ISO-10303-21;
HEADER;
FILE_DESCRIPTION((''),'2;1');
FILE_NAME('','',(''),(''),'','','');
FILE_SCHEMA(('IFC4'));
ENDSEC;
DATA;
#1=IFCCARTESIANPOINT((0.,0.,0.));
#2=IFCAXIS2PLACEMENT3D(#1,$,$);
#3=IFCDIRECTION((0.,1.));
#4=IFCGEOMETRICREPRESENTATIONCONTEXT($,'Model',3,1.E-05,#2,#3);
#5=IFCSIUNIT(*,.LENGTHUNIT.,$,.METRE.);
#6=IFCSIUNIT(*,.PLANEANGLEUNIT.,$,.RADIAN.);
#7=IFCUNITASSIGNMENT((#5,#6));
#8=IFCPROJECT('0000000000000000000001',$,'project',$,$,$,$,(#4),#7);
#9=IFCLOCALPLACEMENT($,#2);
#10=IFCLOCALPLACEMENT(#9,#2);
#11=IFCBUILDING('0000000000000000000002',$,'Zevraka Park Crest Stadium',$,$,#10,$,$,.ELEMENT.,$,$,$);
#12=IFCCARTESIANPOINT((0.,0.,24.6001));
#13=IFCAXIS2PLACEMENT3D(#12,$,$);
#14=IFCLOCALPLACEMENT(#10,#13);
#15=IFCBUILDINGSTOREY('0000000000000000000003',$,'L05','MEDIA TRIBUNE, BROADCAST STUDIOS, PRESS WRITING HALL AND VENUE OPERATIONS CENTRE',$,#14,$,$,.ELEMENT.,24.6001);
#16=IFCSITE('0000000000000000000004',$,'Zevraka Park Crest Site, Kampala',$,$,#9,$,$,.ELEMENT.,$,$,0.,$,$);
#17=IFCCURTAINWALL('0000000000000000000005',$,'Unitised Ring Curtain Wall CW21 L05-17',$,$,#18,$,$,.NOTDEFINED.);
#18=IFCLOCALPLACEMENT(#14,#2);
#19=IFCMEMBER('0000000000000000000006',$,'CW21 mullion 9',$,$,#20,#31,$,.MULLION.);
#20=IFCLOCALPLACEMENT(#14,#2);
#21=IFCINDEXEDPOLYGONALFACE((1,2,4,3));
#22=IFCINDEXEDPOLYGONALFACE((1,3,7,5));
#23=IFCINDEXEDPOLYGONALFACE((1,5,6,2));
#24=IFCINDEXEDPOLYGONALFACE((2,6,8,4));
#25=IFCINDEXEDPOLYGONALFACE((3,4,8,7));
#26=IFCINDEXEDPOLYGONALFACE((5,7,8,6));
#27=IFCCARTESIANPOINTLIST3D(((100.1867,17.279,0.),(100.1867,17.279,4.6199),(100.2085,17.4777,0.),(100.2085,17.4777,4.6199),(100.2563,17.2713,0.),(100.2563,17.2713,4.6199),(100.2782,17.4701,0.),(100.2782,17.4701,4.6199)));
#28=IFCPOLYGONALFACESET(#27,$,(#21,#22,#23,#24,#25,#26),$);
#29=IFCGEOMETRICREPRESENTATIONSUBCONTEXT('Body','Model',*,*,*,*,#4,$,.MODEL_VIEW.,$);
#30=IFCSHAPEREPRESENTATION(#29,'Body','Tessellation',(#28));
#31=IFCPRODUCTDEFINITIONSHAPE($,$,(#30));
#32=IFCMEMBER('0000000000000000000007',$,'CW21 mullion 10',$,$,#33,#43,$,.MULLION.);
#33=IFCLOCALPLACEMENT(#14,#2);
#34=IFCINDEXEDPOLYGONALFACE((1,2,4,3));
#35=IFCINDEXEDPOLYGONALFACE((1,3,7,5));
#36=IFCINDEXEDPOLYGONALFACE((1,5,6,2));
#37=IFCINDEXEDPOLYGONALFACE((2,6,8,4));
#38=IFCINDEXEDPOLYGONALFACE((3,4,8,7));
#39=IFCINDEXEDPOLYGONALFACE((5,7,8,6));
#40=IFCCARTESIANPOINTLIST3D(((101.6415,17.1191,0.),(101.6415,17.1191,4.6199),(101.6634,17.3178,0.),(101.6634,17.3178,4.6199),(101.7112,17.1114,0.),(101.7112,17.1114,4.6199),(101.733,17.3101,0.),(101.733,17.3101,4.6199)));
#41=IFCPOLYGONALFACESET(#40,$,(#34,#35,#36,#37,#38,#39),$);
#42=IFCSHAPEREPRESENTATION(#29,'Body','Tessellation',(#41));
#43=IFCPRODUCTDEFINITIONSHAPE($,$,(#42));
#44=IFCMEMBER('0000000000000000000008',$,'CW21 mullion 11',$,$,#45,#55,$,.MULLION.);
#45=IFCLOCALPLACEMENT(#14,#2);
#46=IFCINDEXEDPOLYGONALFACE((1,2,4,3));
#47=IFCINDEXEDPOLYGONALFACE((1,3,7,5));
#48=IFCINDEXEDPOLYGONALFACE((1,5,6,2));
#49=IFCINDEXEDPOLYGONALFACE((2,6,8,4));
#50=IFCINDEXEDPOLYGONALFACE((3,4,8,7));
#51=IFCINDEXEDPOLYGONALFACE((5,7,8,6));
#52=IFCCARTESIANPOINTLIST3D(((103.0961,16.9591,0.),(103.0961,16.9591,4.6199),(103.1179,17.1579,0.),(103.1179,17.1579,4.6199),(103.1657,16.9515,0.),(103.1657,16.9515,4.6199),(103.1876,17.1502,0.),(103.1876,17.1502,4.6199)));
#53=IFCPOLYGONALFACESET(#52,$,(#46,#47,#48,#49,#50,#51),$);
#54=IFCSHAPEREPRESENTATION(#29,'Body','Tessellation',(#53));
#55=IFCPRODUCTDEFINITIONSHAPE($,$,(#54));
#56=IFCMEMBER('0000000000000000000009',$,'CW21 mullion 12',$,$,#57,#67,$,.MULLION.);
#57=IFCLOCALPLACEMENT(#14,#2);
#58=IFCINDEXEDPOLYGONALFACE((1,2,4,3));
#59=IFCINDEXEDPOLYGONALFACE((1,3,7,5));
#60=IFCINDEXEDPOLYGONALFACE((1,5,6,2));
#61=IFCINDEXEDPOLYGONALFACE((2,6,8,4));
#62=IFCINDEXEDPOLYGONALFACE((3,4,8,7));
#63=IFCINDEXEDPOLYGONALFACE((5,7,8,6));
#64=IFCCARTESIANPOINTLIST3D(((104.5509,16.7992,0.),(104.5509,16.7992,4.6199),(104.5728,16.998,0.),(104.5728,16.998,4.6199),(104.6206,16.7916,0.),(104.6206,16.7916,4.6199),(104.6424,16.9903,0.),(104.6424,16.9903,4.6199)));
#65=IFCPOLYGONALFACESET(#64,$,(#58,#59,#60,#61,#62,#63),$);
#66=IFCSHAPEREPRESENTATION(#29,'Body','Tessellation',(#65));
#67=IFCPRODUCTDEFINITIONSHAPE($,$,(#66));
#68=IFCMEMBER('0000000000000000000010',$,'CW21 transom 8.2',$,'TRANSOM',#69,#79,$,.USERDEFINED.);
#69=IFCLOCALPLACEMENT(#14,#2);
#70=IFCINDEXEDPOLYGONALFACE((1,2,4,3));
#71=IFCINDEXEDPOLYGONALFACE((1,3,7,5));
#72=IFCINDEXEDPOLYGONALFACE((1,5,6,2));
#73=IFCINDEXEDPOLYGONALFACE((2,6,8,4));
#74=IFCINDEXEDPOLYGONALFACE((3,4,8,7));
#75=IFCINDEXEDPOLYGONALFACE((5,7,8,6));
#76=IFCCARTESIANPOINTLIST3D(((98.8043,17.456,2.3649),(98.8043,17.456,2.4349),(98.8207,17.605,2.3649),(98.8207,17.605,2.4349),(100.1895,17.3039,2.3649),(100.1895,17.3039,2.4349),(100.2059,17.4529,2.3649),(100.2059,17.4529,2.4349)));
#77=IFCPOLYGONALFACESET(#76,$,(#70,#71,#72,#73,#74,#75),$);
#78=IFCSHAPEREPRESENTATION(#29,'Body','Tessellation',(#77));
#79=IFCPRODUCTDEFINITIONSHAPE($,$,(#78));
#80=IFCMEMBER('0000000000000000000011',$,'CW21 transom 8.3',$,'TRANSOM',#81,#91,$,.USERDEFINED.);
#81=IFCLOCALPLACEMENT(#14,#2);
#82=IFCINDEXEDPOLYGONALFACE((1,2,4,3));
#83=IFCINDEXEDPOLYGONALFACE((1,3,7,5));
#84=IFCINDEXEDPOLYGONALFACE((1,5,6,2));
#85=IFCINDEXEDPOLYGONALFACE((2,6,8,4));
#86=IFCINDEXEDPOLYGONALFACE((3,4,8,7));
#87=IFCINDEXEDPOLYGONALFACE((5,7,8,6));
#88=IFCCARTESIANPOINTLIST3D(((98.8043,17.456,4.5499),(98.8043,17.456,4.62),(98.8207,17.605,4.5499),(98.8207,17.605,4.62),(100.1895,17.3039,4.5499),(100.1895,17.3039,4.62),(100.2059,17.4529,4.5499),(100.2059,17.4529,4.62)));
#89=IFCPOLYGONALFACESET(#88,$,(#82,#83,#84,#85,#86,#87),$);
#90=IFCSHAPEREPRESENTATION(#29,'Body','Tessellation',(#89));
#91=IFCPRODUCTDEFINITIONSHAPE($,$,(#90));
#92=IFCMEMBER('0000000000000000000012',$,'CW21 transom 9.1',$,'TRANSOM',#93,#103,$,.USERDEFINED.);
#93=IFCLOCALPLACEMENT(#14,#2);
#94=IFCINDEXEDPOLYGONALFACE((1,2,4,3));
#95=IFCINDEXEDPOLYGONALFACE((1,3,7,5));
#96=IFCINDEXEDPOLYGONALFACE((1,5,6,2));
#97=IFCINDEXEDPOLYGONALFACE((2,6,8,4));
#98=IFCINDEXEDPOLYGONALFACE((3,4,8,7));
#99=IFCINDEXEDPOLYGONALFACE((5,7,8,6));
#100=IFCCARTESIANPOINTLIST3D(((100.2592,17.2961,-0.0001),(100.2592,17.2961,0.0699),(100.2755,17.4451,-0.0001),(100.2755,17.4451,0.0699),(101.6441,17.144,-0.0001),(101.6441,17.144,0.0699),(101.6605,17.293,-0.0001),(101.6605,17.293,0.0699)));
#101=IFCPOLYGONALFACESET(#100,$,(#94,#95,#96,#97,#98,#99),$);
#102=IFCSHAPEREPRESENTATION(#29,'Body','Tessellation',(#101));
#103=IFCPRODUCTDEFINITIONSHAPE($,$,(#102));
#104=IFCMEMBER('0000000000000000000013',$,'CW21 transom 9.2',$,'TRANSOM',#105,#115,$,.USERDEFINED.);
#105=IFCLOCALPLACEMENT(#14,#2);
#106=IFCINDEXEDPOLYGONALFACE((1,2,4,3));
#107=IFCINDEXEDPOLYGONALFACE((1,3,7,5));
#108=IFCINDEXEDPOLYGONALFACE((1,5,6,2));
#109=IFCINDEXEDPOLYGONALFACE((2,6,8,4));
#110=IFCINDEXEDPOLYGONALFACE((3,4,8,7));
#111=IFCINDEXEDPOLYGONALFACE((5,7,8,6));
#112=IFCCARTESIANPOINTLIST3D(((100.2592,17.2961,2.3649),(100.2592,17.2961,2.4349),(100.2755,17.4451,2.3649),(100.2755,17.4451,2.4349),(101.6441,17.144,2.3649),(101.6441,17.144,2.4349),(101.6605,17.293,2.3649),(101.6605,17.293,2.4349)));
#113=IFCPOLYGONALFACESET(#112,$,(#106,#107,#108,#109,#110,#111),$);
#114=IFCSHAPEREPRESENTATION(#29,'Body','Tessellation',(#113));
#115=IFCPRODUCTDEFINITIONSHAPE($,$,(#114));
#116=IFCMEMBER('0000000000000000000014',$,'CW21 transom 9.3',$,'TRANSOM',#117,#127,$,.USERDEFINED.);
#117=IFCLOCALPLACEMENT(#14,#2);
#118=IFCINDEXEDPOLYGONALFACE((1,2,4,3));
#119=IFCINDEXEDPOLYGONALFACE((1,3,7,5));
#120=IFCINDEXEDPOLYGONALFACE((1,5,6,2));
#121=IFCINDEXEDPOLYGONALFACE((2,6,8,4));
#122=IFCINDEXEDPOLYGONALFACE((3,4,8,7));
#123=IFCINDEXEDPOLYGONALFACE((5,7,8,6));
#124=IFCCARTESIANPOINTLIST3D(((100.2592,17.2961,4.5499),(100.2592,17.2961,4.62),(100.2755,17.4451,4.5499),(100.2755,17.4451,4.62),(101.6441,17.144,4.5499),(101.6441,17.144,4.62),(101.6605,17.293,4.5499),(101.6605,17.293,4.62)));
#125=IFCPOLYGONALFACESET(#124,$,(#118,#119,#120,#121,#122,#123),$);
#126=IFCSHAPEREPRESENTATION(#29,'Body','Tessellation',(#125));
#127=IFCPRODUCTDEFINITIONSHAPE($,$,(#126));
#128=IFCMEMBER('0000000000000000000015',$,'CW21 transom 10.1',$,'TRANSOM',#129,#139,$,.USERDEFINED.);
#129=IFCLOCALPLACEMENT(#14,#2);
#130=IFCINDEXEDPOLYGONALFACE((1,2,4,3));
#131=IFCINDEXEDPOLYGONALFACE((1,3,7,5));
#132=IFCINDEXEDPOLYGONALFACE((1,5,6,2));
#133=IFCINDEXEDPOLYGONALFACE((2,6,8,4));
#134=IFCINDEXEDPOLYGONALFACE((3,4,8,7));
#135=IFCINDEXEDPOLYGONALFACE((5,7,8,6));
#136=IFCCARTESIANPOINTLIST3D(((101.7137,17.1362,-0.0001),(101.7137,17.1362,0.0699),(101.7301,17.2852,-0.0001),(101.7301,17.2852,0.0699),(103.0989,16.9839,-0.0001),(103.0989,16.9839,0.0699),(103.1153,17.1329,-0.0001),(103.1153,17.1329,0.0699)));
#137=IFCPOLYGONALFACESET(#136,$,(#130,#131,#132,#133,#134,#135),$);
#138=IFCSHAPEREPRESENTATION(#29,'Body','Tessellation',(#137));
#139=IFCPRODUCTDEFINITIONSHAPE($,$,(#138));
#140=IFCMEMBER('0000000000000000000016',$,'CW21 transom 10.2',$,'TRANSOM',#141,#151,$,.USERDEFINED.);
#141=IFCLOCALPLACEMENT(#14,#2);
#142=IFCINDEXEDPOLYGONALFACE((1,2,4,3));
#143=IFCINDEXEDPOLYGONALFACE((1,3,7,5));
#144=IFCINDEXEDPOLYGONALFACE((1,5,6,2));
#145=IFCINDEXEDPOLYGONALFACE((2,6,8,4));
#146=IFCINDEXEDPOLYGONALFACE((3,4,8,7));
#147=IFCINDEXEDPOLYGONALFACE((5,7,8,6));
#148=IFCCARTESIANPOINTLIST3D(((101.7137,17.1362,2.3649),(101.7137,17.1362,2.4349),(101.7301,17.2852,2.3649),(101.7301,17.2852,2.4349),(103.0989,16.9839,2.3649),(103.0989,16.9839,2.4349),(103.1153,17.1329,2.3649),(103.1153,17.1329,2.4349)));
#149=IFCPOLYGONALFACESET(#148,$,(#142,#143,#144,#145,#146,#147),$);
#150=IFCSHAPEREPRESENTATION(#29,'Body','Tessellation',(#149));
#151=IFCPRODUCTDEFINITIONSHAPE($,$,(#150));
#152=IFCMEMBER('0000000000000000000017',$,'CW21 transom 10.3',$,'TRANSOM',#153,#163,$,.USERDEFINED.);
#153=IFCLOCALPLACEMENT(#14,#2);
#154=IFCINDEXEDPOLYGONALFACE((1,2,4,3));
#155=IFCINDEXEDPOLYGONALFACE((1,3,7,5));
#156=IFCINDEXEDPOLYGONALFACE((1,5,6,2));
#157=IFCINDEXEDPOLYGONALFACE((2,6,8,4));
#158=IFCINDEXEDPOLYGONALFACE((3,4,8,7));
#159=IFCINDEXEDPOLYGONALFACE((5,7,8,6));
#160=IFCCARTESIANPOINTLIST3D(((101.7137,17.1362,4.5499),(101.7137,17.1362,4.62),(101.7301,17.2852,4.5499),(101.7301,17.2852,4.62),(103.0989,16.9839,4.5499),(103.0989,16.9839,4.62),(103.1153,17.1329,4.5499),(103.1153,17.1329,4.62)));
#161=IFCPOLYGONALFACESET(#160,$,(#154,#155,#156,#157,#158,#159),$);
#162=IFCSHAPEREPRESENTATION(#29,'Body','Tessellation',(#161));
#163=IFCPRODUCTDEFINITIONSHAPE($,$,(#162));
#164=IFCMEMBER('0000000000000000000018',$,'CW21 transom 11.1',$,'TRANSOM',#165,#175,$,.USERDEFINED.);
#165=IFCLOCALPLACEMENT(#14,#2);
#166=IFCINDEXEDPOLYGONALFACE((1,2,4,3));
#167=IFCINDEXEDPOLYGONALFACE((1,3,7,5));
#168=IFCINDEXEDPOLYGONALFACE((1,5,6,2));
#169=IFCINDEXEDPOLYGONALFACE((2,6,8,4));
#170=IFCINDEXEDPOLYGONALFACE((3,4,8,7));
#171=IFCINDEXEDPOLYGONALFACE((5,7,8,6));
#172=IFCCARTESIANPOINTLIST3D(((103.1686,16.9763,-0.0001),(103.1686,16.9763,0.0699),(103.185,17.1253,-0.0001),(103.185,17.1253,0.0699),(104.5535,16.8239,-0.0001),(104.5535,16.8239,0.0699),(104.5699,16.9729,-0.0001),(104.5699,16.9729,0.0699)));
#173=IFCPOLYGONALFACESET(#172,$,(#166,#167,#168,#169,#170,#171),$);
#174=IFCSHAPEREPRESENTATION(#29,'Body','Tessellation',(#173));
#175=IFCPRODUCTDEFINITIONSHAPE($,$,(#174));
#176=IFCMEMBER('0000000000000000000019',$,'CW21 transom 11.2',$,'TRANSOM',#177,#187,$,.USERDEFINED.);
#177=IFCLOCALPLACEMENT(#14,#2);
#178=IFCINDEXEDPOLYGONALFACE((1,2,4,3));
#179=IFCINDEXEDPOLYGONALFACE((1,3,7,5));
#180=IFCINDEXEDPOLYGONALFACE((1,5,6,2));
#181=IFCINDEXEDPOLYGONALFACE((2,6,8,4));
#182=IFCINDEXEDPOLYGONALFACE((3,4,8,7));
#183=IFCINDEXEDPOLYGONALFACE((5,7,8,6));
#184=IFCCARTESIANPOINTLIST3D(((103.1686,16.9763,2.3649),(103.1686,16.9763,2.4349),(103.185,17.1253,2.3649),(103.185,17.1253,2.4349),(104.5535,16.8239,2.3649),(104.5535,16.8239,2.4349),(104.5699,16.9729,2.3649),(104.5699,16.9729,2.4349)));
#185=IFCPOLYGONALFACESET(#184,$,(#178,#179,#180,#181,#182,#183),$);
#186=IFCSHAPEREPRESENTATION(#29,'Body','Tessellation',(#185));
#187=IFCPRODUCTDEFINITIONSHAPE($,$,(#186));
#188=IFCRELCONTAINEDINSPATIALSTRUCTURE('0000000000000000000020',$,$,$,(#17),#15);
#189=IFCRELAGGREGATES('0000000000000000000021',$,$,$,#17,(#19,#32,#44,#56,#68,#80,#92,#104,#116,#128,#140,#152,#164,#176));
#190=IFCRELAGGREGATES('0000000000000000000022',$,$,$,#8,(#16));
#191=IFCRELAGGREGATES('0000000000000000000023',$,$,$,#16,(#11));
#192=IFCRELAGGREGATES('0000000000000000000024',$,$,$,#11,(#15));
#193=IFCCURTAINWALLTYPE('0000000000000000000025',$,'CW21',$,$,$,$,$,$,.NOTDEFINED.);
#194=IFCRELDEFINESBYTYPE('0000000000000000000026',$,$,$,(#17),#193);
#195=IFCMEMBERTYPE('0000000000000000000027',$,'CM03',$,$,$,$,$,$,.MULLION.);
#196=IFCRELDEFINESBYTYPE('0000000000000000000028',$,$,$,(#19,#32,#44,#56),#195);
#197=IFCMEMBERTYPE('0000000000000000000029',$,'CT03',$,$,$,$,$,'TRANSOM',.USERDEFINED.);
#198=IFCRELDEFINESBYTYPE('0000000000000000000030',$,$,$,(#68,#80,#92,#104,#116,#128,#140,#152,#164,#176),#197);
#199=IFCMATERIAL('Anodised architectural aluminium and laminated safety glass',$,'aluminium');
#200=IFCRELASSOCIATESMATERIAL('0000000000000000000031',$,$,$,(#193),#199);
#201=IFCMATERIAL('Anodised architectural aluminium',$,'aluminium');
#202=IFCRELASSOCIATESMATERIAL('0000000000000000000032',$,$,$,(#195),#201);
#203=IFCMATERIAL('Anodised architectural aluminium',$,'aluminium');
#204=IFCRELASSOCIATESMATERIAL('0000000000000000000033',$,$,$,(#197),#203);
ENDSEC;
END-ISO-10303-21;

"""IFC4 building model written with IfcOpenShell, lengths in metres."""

from ifc_helpers import new_model, si_unit, direction, frame, origin, origin_2d, place, context, subcontext, project, spatial, rectangle, extrude, material, material_profile, profile_set, type_object, element, aggregate, save


model = new_model("IFC4")

# Units and contexts
model_context = context("Model", 3, precision=1e-05, world=origin(), true_north=direction((0.0, 1.0)))
body_context = subcontext(model_context, "Body", "Model", "MODEL_VIEW")
ifc_project = project(units=[si_unit("LENGTHUNIT", "METRE"), si_unit("PLANEANGLEUNIT", "RADIAN")], contexts=[model_context])

# Site, building, storey
site_placement = place(None, origin())
site = spatial("IfcSite", under=ifc_project, at=site_placement, Name="Zevraka Park Crest Site, Kampala", CompositionType="ELEMENT", RefElevation=0.0)
building_placement = place(site_placement, origin())
building = spatial("IfcBuilding", under=site, at=building_placement, Name="Zevraka Park Crest Stadium", CompositionType="ELEMENT")
storey_placement = place(building_placement, frame((0.0, 0.0, 24.6001)))
storey = spatial("IfcBuildingStorey", under=building, at=storey_placement, Name="L05", Description="MEDIA TRIBUNE, BROADCAST STUDIOS, PRESS WRITING HALL AND VENUE OPERATIONS CENTRE", CompositionType="ELEMENT", Elevation=24.6001)

# Curtain wall, members
ifc_material_1 = material(Name="Anodised architectural aluminium and laminated safety glass", Category="aluminium")
curtain_wall_type = type_object("IfcCurtainWallType", Name="CW21", PredefinedType="NOTDEFINED", material=ifc_material_1)
curtain_wall_placement = place(storey_placement, origin())
curtain_wall = element("IfcCurtainWall", 1, at=curtain_wall_placement, inside=storey, type_object=curtain_wall_type, Name="Unitised Ring Curtain Wall CW21 L05-17", PredefinedType="NOTDEFINED")
ifc_material_2 = material(Name="Anodised architectural aluminium", Category="aluminium")
ifc_material_profile_1 = material_profile(ifc_material_2, rectangle(XDim=0.2, YDim=0.0701, at=origin_2d()), Name="ALU MULLION 200x70")
ifc_profile_set_1 = profile_set([ifc_material_profile_1], Name="Anodised architectural aluminium")
member_type_1 = type_object("IfcMemberType", Name="CM03", PredefinedType="MULLION", material=ifc_profile_set_1)
member_1_placement = place(storey_placement, frame((100.2324, 17.3745, 0.0), z_axis=(0.0, 0.0, 1.0), x_axis=(0.109288, 0.99401, 0.0)))
member_1 = element("IfcMember", 2, at=member_1_placement, type_object=member_type_1, Name="CW21 mullion 9", PredefinedType="MULLION", context=body_context, shape_type="SweptSolid", body=[
    extrude(rectangle(XDim=0.2, YDim=0.0701, at=origin_2d()), origin(), (0.0, 0.0, 1.0), 4.6199),
])
member_2_placement = place(storey_placement, frame((101.6873, 17.2146, 0.0), z_axis=(0.0, 0.0, 1.0), x_axis=(0.109288, 0.99401, 0.0)))
member_2 = element("IfcMember", 3, at=member_2_placement, type_object=member_type_1, Name="CW21 mullion 10", PredefinedType="MULLION", context=body_context, shape_type="SweptSolid", body=[
    extrude(rectangle(XDim=0.2, YDim=0.0701, at=origin_2d()), origin(), (0.0, 0.0, 1.0), 4.6199),
])
member_3_placement = place(storey_placement, frame((103.1418, 17.0547, 0.0), z_axis=(0.0, 0.0, 1.0), x_axis=(0.109288, 0.99401, 0.0)))
member_3 = element("IfcMember", 4, at=member_3_placement, type_object=member_type_1, Name="CW21 mullion 11", PredefinedType="MULLION", context=body_context, shape_type="SweptSolid", body=[
    extrude(rectangle(XDim=0.2, YDim=0.0701, at=origin_2d()), origin(), (0.0, 0.0, 1.0), 4.6199),
])
member_4_placement = place(storey_placement, frame((104.5967, 16.8948, 0.0), z_axis=(0.0, 0.0, 1.0), x_axis=(0.109288, 0.99401, 0.0)))
member_4 = element("IfcMember", 5, at=member_4_placement, type_object=member_type_1, Name="CW21 mullion 12", PredefinedType="MULLION", context=body_context, shape_type="SweptSolid", body=[
    extrude(rectangle(XDim=0.2, YDim=0.0701, at=origin_2d()), origin(), (0.0, 0.0, 1.0), 4.6199),
])
ifc_material_3 = material(Name="Anodised architectural aluminium", Category="aluminium")
ifc_material_profile_2 = material_profile(ifc_material_3, rectangle(XDim=0.1499, YDim=0.0701, at=origin_2d()), Name="ALU TRANSOM 150x70")
ifc_profile_set_2 = profile_set([ifc_material_profile_2], Name="Anodised architectural aluminium")
member_type_2 = type_object("IfcMemberType", Name="CT03", ElementType="TRANSOM", PredefinedType="USERDEFINED", material=ifc_profile_set_2)
member_5_placement = place(storey_placement, frame((98.8125, 17.5305, 2.3999), z_axis=(0.994026, -0.109143, 0.0), x_axis=(0.109143, 0.994026, 0.0)))
member_5 = element("IfcMember", 6, at=member_5_placement, type_object=member_type_2, Name="CW21 transom 8.2", ObjectType="TRANSOM", PredefinedType="USERDEFINED", context=body_context, shape_type="SweptSolid", body=[
    extrude(rectangle(XDim=0.1499, YDim=0.0701, at=origin_2d()), origin(), (0.0, 0.0, 1.0), 1.3936),
])
member_6_placement = place(storey_placement, frame((98.8125, 17.5305, 4.585), z_axis=(0.994026, -0.109143, 0.0), x_axis=(0.109143, 0.994026, 0.0)))
member_6 = element("IfcMember", 7, at=member_6_placement, type_object=member_type_2, Name="CW21 transom 8.3", ObjectType="TRANSOM", PredefinedType="USERDEFINED", context=body_context, shape_type="SweptSolid", body=[
    extrude(rectangle(XDim=0.1499, YDim=0.0701, at=origin_2d()), origin(), (0.0, 0.0, 1.0), 1.3936),
])
member_7_placement = place(storey_placement, frame((100.2673, 17.3706, 0.0349), z_axis=(0.994024, -0.109162, 0.0), x_axis=(0.109162, 0.994024, 0.0)))
member_7 = element("IfcMember", 8, at=member_7_placement, type_object=member_type_2, Name="CW21 transom 9.1", ObjectType="TRANSOM", PredefinedType="USERDEFINED", context=body_context, shape_type="SweptSolid", body=[
    extrude(rectangle(XDim=0.1499, YDim=0.0701, at=origin_2d()), origin(), (0.0, 0.0, 1.0), 1.3933),
])
member_8_placement = place(storey_placement, frame((100.2673, 17.3706, 2.3999), z_axis=(0.994024, -0.109162, 0.0), x_axis=(0.109162, 0.994024, 0.0)))
member_8 = element("IfcMember", 9, at=member_8_placement, type_object=member_type_2, Name="CW21 transom 9.2", ObjectType="TRANSOM", PredefinedType="USERDEFINED", context=body_context, shape_type="SweptSolid", body=[
    extrude(rectangle(XDim=0.1499, YDim=0.0701, at=origin_2d()), origin(), (0.0, 0.0, 1.0), 1.3933),
])
member_9_placement = place(storey_placement, frame((100.2673, 17.3706, 4.585), z_axis=(0.994024, -0.109162, 0.0), x_axis=(0.109162, 0.994024, 0.0)))
member_9 = element("IfcMember", 10, at=member_9_placement, type_object=member_type_2, Name="CW21 transom 9.3", ObjectType="TRANSOM", PredefinedType="USERDEFINED", context=body_context, shape_type="SweptSolid", body=[
    extrude(rectangle(XDim=0.1499, YDim=0.0701, at=origin_2d()), origin(), (0.0, 0.0, 1.0), 1.3933),
])
member_10_placement = place(storey_placement, frame((101.7219, 17.2107, 0.0349), z_axis=(0.994007, -0.109316, 0.0), x_axis=(0.109316, 0.994007, 0.0)))
member_10 = element("IfcMember", 11, at=member_10_placement, type_object=member_type_2, Name="CW21 transom 10.1", ObjectType="TRANSOM", PredefinedType="USERDEFINED", context=body_context, shape_type="SweptSolid", body=[
    extrude(rectangle(XDim=0.1499, YDim=0.0701, at=origin_2d()), origin(), (0.0, 0.0, 1.0), 1.3936),
])
member_11_placement = place(storey_placement, frame((101.7219, 17.2107, 2.3999), z_axis=(0.994007, -0.109316, 0.0), x_axis=(0.109316, 0.994007, 0.0)))
member_11 = element("IfcMember", 12, at=member_11_placement, type_object=member_type_2, Name="CW21 transom 10.2", ObjectType="TRANSOM", PredefinedType="USERDEFINED", context=body_context, shape_type="SweptSolid", body=[
    extrude(rectangle(XDim=0.1499, YDim=0.0701, at=origin_2d()), origin(), (0.0, 0.0, 1.0), 1.3936),
])
member_12_placement = place(storey_placement, frame((101.7219, 17.2107, 4.585), z_axis=(0.994007, -0.109316, 0.0), x_axis=(0.109316, 0.994007, 0.0)))
member_12 = element("IfcMember", 13, at=member_12_placement, type_object=member_type_2, Name="CW21 transom 10.3", ObjectType="TRANSOM", PredefinedType="USERDEFINED", context=body_context, shape_type="SweptSolid", body=[
    extrude(rectangle(XDim=0.1499, YDim=0.0701, at=origin_2d()), origin(), (0.0, 0.0, 1.0), 1.3936),
])
member_13_placement = place(storey_placement, frame((103.1768, 17.0508, 0.0349), z_axis=(0.994005, -0.109335, 0.0), x_axis=(0.109335, 0.994005, 0.0)))
member_13 = element("IfcMember", 14, at=member_13_placement, type_object=member_type_2, Name="CW21 transom 11.1", ObjectType="TRANSOM", PredefinedType="USERDEFINED", context=body_context, shape_type="SweptSolid", body=[
    extrude(rectangle(XDim=0.1499, YDim=0.0701, at=origin_2d()), origin(), (0.0, 0.0, 1.0), 1.3933),
])
member_14_placement = place(storey_placement, frame((103.1768, 17.0508, 2.3999), z_axis=(0.994005, -0.109335, 0.0), x_axis=(0.109335, 0.994005, 0.0)))
member_14 = element("IfcMember", 15, at=member_14_placement, type_object=member_type_2, Name="CW21 transom 11.2", ObjectType="TRANSOM", PredefinedType="USERDEFINED", context=body_context, shape_type="SweptSolid", body=[
    extrude(rectangle(XDim=0.1499, YDim=0.0701, at=origin_2d()), origin(), (0.0, 0.0, 1.0), 1.3933),
])

aggregate(curtain_wall, [member_1, member_2, member_3, member_4, member_5, member_6, member_7, member_8, member_9, member_10, member_11, member_12, member_13, member_14])

save(model, "model.ifc")
